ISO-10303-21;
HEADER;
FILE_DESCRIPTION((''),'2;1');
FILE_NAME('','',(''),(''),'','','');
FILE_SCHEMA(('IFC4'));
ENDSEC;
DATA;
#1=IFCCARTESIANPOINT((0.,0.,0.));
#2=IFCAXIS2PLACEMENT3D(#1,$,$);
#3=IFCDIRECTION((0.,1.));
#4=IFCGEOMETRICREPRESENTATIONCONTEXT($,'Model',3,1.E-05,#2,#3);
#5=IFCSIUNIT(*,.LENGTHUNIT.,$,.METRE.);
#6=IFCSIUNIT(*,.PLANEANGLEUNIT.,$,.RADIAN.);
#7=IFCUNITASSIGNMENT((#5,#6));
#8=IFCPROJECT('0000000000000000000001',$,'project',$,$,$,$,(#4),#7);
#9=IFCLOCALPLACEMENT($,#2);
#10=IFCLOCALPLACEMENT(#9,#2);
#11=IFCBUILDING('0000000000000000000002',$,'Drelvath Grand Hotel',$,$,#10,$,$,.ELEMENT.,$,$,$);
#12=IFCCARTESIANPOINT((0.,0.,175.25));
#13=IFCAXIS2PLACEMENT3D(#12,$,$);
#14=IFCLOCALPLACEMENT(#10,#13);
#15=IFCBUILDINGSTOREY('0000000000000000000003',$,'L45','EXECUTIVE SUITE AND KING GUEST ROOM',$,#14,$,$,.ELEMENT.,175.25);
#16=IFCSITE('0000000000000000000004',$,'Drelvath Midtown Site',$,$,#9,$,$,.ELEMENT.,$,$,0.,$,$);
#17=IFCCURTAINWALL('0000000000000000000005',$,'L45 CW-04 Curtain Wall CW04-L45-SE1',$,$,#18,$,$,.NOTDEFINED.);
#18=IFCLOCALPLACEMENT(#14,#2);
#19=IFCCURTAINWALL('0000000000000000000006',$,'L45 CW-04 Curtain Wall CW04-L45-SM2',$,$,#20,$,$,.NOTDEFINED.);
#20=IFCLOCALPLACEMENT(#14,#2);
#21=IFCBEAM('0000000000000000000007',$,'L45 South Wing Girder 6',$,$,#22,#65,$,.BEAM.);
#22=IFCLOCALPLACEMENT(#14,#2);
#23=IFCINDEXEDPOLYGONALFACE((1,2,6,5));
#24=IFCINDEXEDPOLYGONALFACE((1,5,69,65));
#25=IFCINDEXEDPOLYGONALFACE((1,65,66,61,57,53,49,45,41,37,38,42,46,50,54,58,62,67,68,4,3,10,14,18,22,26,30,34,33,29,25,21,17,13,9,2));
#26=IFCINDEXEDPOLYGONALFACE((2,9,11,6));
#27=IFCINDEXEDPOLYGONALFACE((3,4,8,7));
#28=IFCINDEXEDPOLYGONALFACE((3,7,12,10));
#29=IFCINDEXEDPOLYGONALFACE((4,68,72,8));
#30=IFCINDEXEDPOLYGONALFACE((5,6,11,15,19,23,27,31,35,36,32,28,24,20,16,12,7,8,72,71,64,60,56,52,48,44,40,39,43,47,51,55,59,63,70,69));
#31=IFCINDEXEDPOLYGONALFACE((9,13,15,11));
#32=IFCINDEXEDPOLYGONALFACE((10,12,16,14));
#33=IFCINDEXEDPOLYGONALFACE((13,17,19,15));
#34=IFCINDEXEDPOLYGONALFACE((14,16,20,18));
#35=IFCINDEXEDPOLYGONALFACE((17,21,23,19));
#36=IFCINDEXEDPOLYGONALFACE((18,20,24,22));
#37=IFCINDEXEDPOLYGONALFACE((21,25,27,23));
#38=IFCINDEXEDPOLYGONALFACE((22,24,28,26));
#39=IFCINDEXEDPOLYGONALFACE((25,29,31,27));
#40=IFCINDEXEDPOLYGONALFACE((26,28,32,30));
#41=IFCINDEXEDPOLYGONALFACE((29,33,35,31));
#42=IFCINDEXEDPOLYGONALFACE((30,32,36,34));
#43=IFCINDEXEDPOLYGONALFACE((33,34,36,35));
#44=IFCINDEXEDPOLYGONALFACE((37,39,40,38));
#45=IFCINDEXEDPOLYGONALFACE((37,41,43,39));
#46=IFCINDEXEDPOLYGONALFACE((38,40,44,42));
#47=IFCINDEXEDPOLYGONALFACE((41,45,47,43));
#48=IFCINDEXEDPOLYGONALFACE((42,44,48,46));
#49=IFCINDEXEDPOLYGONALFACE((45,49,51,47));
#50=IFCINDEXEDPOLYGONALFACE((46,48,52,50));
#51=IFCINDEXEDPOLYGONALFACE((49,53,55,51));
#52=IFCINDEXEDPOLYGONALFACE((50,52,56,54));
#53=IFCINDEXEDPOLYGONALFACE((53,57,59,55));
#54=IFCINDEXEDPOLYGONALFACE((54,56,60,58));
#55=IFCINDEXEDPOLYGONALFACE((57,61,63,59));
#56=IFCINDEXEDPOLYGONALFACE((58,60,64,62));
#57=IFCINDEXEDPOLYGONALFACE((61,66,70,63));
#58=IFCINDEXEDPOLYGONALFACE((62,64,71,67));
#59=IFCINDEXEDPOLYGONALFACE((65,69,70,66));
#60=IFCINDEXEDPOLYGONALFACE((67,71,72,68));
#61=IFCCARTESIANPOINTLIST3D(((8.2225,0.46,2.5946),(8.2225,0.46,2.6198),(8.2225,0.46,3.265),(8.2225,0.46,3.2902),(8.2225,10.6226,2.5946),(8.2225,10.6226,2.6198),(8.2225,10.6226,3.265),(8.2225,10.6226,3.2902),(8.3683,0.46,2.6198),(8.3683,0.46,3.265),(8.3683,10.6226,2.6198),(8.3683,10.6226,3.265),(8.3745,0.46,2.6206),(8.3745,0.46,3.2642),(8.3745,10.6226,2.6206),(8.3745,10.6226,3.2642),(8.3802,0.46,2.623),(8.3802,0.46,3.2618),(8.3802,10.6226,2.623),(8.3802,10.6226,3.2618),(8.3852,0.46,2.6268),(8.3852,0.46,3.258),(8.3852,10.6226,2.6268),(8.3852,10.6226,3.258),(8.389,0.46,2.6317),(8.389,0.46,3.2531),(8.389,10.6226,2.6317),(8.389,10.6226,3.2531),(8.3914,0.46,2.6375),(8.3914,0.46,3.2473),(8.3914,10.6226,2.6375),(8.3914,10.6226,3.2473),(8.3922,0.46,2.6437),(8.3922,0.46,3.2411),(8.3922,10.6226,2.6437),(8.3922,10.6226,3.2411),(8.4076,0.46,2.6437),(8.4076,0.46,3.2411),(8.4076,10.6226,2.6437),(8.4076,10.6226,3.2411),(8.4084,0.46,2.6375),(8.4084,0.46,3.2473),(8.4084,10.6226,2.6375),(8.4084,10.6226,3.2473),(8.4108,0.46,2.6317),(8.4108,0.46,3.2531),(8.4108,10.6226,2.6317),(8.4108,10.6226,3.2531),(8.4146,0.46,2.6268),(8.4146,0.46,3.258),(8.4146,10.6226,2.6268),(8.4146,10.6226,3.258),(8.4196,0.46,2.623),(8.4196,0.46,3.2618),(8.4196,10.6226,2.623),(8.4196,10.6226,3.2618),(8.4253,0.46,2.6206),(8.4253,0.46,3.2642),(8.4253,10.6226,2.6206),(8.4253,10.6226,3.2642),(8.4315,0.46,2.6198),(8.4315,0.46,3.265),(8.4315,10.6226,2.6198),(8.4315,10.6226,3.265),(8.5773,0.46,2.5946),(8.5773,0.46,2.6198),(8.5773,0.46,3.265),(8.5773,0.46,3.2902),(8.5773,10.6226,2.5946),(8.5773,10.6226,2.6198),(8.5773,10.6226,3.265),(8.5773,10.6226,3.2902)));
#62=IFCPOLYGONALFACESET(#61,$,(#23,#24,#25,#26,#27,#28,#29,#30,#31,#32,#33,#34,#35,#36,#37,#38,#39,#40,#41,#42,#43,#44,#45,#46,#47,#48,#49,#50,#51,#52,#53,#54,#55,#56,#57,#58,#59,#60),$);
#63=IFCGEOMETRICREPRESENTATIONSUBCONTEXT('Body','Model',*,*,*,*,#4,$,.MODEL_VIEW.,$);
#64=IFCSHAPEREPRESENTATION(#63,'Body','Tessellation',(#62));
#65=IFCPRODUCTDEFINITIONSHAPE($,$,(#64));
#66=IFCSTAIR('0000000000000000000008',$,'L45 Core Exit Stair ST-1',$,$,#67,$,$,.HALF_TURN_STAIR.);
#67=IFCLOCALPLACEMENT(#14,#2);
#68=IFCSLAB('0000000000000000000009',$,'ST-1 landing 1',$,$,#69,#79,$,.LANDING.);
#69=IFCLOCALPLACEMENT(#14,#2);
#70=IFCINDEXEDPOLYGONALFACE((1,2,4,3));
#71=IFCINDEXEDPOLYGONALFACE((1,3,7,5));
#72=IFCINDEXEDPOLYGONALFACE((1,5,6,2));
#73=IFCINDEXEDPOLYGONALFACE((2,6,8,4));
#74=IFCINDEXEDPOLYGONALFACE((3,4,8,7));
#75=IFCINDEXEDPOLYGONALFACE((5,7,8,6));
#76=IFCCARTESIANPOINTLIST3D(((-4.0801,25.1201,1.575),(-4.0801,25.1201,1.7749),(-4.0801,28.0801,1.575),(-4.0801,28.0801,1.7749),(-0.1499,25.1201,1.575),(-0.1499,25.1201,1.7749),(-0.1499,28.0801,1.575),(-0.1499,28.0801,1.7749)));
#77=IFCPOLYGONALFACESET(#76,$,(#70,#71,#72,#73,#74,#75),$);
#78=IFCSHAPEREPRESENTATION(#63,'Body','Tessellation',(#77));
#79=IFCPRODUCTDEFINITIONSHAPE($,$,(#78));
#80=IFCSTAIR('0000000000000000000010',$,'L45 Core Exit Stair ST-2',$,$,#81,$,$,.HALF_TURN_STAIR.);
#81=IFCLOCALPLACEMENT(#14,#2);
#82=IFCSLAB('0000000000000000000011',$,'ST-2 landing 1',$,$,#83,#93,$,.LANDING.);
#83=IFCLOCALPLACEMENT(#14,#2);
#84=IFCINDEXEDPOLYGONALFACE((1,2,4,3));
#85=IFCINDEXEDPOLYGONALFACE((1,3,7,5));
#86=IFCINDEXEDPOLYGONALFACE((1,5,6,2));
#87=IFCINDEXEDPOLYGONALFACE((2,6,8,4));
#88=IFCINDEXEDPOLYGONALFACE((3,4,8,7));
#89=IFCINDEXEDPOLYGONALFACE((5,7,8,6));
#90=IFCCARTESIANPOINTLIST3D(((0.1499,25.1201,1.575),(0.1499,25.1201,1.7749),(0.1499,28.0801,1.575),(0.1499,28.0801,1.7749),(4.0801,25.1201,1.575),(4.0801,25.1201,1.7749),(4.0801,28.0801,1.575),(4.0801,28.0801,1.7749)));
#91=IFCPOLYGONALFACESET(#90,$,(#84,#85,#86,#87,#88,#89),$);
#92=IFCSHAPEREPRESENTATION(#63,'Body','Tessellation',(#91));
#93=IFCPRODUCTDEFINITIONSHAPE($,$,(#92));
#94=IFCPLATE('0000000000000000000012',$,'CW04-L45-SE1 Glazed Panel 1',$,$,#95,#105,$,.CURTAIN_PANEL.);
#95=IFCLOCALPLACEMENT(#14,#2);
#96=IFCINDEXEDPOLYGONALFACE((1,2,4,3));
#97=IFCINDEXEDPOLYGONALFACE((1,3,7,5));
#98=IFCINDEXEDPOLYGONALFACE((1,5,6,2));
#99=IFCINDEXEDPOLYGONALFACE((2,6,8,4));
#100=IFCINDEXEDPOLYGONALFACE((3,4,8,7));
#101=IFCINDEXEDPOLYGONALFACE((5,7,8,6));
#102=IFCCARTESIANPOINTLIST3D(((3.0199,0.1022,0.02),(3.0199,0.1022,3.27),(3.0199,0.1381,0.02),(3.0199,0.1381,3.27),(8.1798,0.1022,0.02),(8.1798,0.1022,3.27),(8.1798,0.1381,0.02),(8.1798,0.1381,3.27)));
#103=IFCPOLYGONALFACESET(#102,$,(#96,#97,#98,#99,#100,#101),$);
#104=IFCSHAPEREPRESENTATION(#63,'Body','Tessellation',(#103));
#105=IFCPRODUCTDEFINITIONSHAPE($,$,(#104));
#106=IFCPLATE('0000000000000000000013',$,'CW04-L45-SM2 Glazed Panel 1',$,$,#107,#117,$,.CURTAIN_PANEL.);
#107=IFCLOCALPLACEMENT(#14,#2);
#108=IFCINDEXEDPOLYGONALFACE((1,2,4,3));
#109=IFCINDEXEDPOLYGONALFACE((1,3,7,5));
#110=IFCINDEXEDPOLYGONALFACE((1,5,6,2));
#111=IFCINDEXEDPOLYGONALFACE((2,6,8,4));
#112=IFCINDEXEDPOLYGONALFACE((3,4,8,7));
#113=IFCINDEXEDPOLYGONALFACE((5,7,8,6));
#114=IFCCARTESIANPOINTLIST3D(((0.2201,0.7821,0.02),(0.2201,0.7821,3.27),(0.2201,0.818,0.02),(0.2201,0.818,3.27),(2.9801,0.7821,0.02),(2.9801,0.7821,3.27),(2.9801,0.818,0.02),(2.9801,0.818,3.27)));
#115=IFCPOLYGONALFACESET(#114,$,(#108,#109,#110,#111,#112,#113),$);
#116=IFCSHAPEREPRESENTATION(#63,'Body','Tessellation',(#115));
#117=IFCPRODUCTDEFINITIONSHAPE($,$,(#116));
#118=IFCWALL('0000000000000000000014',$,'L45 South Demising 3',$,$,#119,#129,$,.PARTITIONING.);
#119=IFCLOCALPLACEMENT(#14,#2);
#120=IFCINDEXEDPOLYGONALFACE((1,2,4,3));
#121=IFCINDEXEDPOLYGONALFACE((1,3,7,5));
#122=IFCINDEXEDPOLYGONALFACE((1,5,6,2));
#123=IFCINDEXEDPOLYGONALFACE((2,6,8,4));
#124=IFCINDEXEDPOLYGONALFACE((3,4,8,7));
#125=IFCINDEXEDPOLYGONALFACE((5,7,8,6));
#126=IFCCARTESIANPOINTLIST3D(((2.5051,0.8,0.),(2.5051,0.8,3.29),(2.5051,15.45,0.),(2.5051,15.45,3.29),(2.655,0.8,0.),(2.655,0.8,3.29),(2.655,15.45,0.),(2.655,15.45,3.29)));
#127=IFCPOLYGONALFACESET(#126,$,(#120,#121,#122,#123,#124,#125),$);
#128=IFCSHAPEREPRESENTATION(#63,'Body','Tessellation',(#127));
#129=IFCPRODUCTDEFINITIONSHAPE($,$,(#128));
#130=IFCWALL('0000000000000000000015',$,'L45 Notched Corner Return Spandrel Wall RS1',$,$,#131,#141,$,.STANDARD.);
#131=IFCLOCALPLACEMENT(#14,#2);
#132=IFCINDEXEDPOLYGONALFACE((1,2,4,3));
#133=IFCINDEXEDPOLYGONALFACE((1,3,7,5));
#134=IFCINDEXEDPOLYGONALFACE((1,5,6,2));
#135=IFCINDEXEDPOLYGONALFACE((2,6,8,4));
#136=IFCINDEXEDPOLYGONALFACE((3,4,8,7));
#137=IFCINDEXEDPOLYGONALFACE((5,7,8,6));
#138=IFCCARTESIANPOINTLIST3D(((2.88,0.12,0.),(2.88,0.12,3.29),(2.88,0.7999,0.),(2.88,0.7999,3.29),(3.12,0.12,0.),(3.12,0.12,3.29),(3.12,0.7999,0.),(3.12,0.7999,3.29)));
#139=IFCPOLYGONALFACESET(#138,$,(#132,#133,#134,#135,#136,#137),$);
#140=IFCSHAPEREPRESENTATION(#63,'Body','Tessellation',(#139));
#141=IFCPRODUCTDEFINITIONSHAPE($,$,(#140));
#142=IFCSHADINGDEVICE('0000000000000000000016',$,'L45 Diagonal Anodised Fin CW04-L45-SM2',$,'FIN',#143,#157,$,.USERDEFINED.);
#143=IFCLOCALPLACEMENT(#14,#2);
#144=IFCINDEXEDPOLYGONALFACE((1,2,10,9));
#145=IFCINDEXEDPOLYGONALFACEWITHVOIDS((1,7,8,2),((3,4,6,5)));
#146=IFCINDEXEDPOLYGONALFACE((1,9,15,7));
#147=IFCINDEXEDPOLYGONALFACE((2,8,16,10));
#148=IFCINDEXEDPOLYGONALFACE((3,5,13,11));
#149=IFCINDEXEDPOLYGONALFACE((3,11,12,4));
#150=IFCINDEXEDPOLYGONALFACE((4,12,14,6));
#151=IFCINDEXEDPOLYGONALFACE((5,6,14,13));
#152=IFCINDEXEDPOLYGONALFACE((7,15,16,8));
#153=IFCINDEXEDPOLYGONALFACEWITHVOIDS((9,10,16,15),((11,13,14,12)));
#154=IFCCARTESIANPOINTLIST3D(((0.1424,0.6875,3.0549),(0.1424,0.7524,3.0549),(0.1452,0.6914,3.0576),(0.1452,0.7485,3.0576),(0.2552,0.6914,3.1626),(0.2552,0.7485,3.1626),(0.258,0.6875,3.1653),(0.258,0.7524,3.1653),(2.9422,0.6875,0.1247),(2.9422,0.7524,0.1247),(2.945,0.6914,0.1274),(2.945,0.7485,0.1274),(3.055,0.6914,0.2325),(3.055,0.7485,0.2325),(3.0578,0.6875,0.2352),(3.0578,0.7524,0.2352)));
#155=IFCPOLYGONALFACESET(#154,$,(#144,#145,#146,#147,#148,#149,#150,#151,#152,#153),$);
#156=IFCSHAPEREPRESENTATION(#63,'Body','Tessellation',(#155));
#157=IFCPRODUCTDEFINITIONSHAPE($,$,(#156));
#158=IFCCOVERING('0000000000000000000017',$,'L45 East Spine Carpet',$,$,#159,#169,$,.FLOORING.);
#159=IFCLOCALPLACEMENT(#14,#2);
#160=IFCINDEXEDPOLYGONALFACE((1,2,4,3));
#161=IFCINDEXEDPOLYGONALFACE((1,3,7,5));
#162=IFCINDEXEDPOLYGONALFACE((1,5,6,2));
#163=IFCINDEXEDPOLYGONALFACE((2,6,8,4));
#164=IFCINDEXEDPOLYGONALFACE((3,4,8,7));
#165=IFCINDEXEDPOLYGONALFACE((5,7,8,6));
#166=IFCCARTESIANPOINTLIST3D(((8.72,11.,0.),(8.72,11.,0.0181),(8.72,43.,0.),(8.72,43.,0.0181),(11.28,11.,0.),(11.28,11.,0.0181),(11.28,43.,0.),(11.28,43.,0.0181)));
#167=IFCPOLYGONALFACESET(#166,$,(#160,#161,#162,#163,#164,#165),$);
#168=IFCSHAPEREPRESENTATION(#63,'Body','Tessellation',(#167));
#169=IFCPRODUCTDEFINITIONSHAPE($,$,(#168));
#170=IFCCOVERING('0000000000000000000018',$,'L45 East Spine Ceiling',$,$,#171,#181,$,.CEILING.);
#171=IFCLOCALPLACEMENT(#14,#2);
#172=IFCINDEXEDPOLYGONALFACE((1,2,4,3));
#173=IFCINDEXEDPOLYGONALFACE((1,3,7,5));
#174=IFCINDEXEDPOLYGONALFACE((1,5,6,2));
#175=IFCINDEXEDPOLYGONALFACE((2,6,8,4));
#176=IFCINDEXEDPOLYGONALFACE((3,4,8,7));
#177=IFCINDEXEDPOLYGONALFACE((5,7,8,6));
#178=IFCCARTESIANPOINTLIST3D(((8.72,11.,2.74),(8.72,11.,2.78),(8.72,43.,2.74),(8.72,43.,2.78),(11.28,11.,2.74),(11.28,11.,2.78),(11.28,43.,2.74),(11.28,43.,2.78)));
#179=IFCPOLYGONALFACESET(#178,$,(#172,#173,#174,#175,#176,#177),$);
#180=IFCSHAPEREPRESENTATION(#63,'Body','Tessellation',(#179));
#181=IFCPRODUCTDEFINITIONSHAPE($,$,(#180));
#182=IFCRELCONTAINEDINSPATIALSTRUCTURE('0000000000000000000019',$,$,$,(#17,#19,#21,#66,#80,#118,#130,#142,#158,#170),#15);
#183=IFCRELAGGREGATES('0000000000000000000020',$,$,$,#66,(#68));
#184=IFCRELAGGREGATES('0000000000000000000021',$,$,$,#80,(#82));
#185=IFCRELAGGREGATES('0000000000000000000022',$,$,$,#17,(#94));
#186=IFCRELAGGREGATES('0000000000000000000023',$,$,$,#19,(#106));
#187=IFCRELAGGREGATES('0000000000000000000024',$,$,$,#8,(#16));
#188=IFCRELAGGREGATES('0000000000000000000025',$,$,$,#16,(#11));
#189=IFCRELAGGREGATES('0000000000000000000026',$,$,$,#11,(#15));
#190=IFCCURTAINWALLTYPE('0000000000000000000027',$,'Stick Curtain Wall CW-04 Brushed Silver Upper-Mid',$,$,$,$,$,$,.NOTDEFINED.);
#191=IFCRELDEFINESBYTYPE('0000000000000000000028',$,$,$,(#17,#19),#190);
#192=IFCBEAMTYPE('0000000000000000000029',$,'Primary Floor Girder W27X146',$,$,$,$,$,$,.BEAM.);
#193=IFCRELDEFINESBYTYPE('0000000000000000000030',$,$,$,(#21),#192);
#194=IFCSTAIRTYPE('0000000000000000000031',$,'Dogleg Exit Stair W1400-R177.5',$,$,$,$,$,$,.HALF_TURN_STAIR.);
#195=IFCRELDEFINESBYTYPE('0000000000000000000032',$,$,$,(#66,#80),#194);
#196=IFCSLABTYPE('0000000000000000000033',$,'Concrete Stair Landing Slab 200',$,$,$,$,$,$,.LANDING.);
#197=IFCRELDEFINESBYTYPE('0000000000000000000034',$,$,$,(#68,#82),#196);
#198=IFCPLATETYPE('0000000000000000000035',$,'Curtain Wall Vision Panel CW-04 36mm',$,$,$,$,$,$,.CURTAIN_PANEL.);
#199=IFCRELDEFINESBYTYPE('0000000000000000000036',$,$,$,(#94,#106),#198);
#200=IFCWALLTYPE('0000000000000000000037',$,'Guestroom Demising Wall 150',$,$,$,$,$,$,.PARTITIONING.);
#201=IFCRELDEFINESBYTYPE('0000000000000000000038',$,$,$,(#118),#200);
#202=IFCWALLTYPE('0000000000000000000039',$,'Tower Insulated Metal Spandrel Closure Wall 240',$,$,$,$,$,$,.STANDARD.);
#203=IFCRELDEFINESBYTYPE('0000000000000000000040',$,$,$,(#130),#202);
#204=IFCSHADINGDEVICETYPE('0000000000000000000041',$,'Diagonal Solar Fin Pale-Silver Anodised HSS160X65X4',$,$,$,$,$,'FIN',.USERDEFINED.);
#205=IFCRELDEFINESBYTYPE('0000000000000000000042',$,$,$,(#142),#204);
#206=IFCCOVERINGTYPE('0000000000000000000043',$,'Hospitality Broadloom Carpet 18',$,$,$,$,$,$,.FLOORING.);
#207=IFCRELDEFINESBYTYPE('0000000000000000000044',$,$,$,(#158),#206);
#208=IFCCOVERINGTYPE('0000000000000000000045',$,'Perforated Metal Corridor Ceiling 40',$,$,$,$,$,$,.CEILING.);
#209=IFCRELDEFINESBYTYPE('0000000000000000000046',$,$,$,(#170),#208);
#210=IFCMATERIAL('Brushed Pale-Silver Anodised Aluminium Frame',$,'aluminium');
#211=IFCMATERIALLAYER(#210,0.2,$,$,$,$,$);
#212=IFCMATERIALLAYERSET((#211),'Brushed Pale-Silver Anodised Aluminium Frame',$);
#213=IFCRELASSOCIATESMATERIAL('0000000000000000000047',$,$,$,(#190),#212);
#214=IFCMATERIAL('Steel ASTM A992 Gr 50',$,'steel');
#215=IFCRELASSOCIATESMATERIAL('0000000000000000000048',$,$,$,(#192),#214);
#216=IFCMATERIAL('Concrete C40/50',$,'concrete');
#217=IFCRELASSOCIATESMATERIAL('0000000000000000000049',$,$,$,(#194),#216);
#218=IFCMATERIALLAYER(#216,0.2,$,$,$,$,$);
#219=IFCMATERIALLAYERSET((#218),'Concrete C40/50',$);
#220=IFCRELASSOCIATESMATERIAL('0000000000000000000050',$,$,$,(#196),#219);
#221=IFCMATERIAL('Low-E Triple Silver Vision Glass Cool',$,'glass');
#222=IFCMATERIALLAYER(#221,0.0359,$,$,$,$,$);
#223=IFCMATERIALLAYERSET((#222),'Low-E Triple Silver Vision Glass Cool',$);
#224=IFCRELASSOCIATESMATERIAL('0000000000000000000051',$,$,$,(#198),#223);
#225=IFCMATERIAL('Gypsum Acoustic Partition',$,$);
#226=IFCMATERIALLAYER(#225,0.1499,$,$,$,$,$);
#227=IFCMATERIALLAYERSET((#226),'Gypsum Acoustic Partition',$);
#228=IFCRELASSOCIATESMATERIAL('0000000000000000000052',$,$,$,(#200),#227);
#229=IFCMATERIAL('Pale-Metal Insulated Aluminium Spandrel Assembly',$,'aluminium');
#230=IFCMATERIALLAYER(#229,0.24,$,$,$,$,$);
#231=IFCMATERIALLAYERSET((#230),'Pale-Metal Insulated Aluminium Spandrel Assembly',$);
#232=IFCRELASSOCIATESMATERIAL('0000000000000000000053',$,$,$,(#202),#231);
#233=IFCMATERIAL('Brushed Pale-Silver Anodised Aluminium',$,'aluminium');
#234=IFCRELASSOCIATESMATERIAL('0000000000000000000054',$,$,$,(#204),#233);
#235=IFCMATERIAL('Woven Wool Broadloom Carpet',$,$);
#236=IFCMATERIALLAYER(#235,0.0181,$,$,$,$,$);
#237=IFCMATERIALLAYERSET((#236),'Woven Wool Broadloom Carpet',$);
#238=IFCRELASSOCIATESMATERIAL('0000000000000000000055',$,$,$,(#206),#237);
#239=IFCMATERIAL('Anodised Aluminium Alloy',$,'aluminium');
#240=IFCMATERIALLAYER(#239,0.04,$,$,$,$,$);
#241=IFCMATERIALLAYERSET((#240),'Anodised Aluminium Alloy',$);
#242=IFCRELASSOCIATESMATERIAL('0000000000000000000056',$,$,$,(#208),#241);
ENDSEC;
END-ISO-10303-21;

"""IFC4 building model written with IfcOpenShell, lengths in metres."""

from ifc_helpers import new_model, si_unit, direction, frame, frame_2d, origin, origin_2d, place, context, subcontext, project, spatial, polyline, rectangle, hollow_rectangle, i_section, outline, extrude, material, layer, layer_set, material_profile, profile_set, type_object, element, aggregate, save


model = new_model("IFC4")

# Units and contexts
model_context = context("Model", 3, precision=1e-05, world=origin(), true_north=direction((0.0, 1.0)))
body_context = subcontext(model_context, "Body", "Model", "MODEL_VIEW")
ifc_project = project(units=[si_unit("LENGTHUNIT", "METRE"), si_unit("PLANEANGLEUNIT", "RADIAN")], contexts=[model_context])

# Site, building, storey
site_placement = place(None, origin())
site = spatial("IfcSite", under=ifc_project, at=site_placement, Name="Drelvath Midtown Site", CompositionType="ELEMENT", RefElevation=0.0)
building_placement = place(site_placement, origin())
building = spatial("IfcBuilding", under=site, at=building_placement, Name="Drelvath Grand Hotel", CompositionType="ELEMENT")
storey_placement = place(building_placement, frame((0.0, 0.0, 175.25)))
storey = spatial("IfcBuildingStorey", under=building, at=storey_placement, Name="L45", Description="EXECUTIVE SUITE AND KING GUEST ROOM", CompositionType="ELEMENT", Elevation=175.25)

# Curtain walls
ifc_material_1 = material(Name="Brushed Pale-Silver Anodised Aluminium Frame", Category="aluminium")
ifc_layer_1 = layer(ifc_material_1, 0.2)
ifc_layer_set_1 = layer_set([ifc_layer_1], Name="Brushed Pale-Silver Anodised Aluminium Frame")
curtain_wall_type = type_object("IfcCurtainWallType", Name="Stick Curtain Wall CW-04 Brushed Silver Upper-Mid", PredefinedType="NOTDEFINED", material=ifc_layer_set_1)
curtain_wall_1_placement = place(storey_placement, origin())
curtain_wall_1 = element("IfcCurtainWall", 1, at=curtain_wall_1_placement, inside=storey, type_object=curtain_wall_type, Name="L45 CW-04 Curtain Wall CW04-L45-SE1", PredefinedType="NOTDEFINED")
curtain_wall_2_placement = place(storey_placement, origin())
curtain_wall_2 = element("IfcCurtainWall", 2, at=curtain_wall_2_placement, inside=storey, type_object=curtain_wall_type, Name="L45 CW-04 Curtain Wall CW04-L45-SM2", PredefinedType="NOTDEFINED")

# Beam
ifc_material_2 = material(Name="Steel ASTM A992 Gr 50", Category="steel")
ifc_material_profile_1 = material_profile(ifc_material_2, i_section(OverallWidth=0.3547, OverallDepth=0.6956, WebThickness=0.0154, FlangeThickness=0.0251, FilletRadius=0.0239, at=origin_2d()), Name="W27X146")
ifc_profile_set_1 = profile_set([ifc_material_profile_1], Name="Steel ASTM A992 Gr 50")
beam_type_1 = type_object("IfcBeamType", Name="Primary Floor Girder W27X146", PredefinedType="BEAM", material=ifc_profile_set_1)
beam_1_placement = place(storey_placement, frame((8.3999, 0.46, 2.9424), z_axis=(0.0, 1.0, 0.0), x_axis=(-1.0, 0.0, 0.0)))
element("IfcBeam", 3, at=beam_1_placement, inside=storey, type_object=beam_type_1, Name="L45 South Wing Girder 6", PredefinedType="BEAM", context=body_context, shape_type="SweptSolid", body=[
    extrude(i_section(OverallWidth=0.3547, OverallDepth=0.6956, WebThickness=0.0154, FlangeThickness=0.0251, FilletRadius=0.0239, at=origin_2d()), origin(), (0.0, 0.0, 1.0), 10.1626),
])

# Stairs, slabs
ifc_material_3 = material(Name="Concrete C40/50", Category="concrete")
stair_type = type_object("IfcStairType", Name="Dogleg Exit Stair W1400-R177.5", PredefinedType="HALF_TURN_STAIR", material=ifc_material_3)
stair_1_placement = place(storey_placement, origin())
stair_1 = element("IfcStair", 4, at=stair_1_placement, inside=storey, type_object=stair_type, Name="L45 Core Exit Stair ST-1", PredefinedType="HALF_TURN_STAIR")
ifc_layer_2 = layer(ifc_material_3, 0.2)
ifc_layer_set_2 = layer_set([ifc_layer_2], Name="Concrete C40/50")
slab_type = type_object("IfcSlabType", Name="Concrete Stair Landing Slab 200", PredefinedType="LANDING", material=ifc_layer_set_2)
slab_1_placement = place(storey_placement, frame((0.0, 0.0, 1.575)))
slab_1 = element("IfcSlab", 5, at=slab_1_placement, type_object=slab_type, Name="ST-1 landing 1", PredefinedType="LANDING", context=body_context, shape_type="SweptSolid", body=[
    extrude(outline(polyline([(-4.0801, 25.1201), (-0.1499, 25.1201), (-0.1499, 28.0801), (-4.0801, 28.0801), (-4.0801, 25.1201)])), origin(), (0.0, 0.0, 1.0), 0.2),
])
aggregate(stair_1, [slab_1])
stair_2_placement = place(storey_placement, origin())
stair_2 = element("IfcStair", 6, at=stair_2_placement, inside=storey, type_object=stair_type, Name="L45 Core Exit Stair ST-2", PredefinedType="HALF_TURN_STAIR")
slab_2_placement = place(storey_placement, frame((0.0, 0.0, 1.575)))
slab_2 = element("IfcSlab", 7, at=slab_2_placement, type_object=slab_type, Name="ST-2 landing 1", PredefinedType="LANDING", context=body_context, shape_type="SweptSolid", body=[
    extrude(outline(polyline([(4.0801, 28.0801), (0.1499, 28.0801), (0.1499, 25.1201), (4.0801, 25.1201), (4.0801, 28.0801)])), origin(), (0.0, 0.0, 1.0), 0.2),
])
aggregate(stair_2, [slab_2])

# Plates
ifc_material_4 = material(Name="Low-E Triple Silver Vision Glass Cool", Category="glass")
ifc_layer_3 = layer(ifc_material_4, 0.0359)
ifc_layer_set_3 = layer_set([ifc_layer_3], Name="Low-E Triple Silver Vision Glass Cool")
plate_type = type_object("IfcPlateType", Name="Curtain Wall Vision Panel CW-04 36mm", PredefinedType="CURTAIN_PANEL", material=ifc_layer_set_3)
plate_1_placement = place(storey_placement, frame((5.5999, 0.1201, 0.02), z_axis=(0.0, 0.0, 1.0), x_axis=(-1.0, 0.0, 0.0)))
plate_1 = element("IfcPlate", 8, at=plate_1_placement, type_object=plate_type, Name="CW04-L45-SE1 Glazed Panel 1", PredefinedType="CURTAIN_PANEL", context=body_context, shape_type="SweptSolid", body=[
    extrude(rectangle(XDim=5.1599, YDim=0.0359, at=origin_2d()), origin(), (0.0, 0.0, 1.0), 3.25),
])
aggregate(curtain_wall_1, [plate_1])
plate_2_placement = place(storey_placement, frame((1.6001, 0.8, 0.02), z_axis=(0.0, 0.0, 1.0), x_axis=(-1.0, 0.0, 0.0)))
plate_2 = element("IfcPlate", 9, at=plate_2_placement, type_object=plate_type, Name="CW04-L45-SM2 Glazed Panel 1", PredefinedType="CURTAIN_PANEL", context=body_context, shape_type="SweptSolid", body=[
    extrude(rectangle(XDim=2.76, YDim=0.0359, at=origin_2d()), origin(), (0.0, 0.0, 1.0), 3.25),
])
aggregate(curtain_wall_2, [plate_2])

# Walls
ifc_material_5 = material(Name="Gypsum Acoustic Partition")
ifc_layer_4 = layer(ifc_material_5, 0.1499)
ifc_layer_set_4 = layer_set([ifc_layer_4], Name="Gypsum Acoustic Partition")
wall_type_1 = type_object("IfcWallType", Name="Guestroom Demising Wall 150", PredefinedType="PARTITIONING", material=ifc_layer_set_4)
wall_1_placement = place(storey_placement, frame((2.5801, 0.8, 0.0), z_axis=(0.0, 0.0, 1.0), x_axis=(0.0, 1.0, 0.0)))
element("IfcWall", 10, at=wall_1_placement, inside=storey, type_object=wall_type_1, Name="L45 South Demising 3", PredefinedType="PARTITIONING", context=body_context, shape_type="SweptSolid", body=[
    extrude(rectangle(XDim=14.6499, YDim=0.1499, at=frame_2d((7.325, 0.0))), origin(), (0.0, 0.0, 1.0), 3.29),
])
ifc_material_6 = material(Name="Pale-Metal Insulated Aluminium Spandrel Assembly", Category="aluminium")
ifc_layer_5 = layer(ifc_material_6, 0.24)
ifc_layer_set_5 = layer_set([ifc_layer_5], Name="Pale-Metal Insulated Aluminium Spandrel Assembly")
wall_type_2 = type_object("IfcWallType", Name="Tower Insulated Metal Spandrel Closure Wall 240", PredefinedType="STANDARD", material=ifc_layer_set_5)
wall_2_placement = place(storey_placement, frame((3.0, 0.1201, 0.0), z_axis=(0.0, 0.0, 1.0), x_axis=(0.0, 1.0, 0.0)))
element("IfcWall", 11, at=wall_2_placement, inside=storey, type_object=wall_type_2, Name="L45 Notched Corner Return Spandrel Wall RS1", PredefinedType="STANDARD", context=body_context, shape_type="SweptSolid", body=[
    extrude(rectangle(XDim=0.6799, YDim=0.24, at=frame_2d((0.3398, 0.0))), origin(), (0.0, 0.0, 1.0), 3.29),
])

# Shading device
ifc_material_7 = material(Name="Brushed Pale-Silver Anodised Aluminium", Category="aluminium")
ifc_material_profile_2 = material_profile(ifc_material_7, hollow_rectangle(XDim=0.0649, YDim=0.1599, WallThickness=0.0039, at=origin_2d()), Name="HSS160X65X4")
ifc_profile_set_2 = profile_set([ifc_material_profile_2], Name="Brushed Pale-Silver Anodised Aluminium")
shading_device_type = type_object("IfcShadingDeviceType", Name="Diagonal Solar Fin Pale-Silver Anodised HSS160X65X4", ElementType="FIN", PredefinedType="USERDEFINED", material=ifc_profile_set_2)
shading_device_placement = place(storey_placement, frame((3.0, 0.72, 0.1799), z_axis=(-0.69084, 0.0, 0.723008), x_axis=(0.0, -1.0, 0.0)))
element("IfcShadingDevice", 12, at=shading_device_placement, inside=storey, type_object=shading_device_type, Name="L45 Diagonal Anodised Fin CW04-L45-SM2", ObjectType="FIN", PredefinedType="USERDEFINED", context=body_context, shape_type="SweptSolid", body=[
    extrude(hollow_rectangle(XDim=0.0649, YDim=0.1599, WallThickness=0.0039, at=origin_2d()), origin(), (0.0, 0.0, 1.0), 4.0527),
])

# Coverings
ifc_material_8 = material(Name="Woven Wool Broadloom Carpet")
ifc_layer_6 = layer(ifc_material_8, 0.0181)
ifc_layer_set_6 = layer_set([ifc_layer_6], Name="Woven Wool Broadloom Carpet")
covering_type_1 = type_object("IfcCoveringType", Name="Hospitality Broadloom Carpet 18", PredefinedType="FLOORING", material=ifc_layer_set_6)
covering_1_placement = place(storey_placement, origin())
element("IfcCovering", 13, at=covering_1_placement, inside=storey, type_object=covering_type_1, Name="L45 East Spine Carpet", PredefinedType="FLOORING", context=body_context, shape_type="SweptSolid", body=[
    extrude(outline(polyline([(11.28, 11.0), (11.28, 43.0), (8.72, 43.0), (8.72, 11.0), (11.28, 11.0)])), origin(), (0.0, 0.0, 1.0), 0.0181),
])
ifc_material_9 = material(Name="Anodised Aluminium Alloy", Category="aluminium")
ifc_layer_7 = layer(ifc_material_9, 0.04)
ifc_layer_set_7 = layer_set([ifc_layer_7], Name="Anodised Aluminium Alloy")
covering_type_2 = type_object("IfcCoveringType", Name="Perforated Metal Corridor Ceiling 40", PredefinedType="CEILING", material=ifc_layer_set_7)
covering_2_placement = place(storey_placement, frame((0.0, 0.0, 2.74)))
element("IfcCovering", 14, at=covering_2_placement, inside=storey, type_object=covering_type_2, Name="L45 East Spine Ceiling", PredefinedType="CEILING", context=body_context, shape_type="SweptSolid", body=[
    extrude(outline(polyline([(11.28, 11.0), (11.28, 43.0), (8.72, 43.0), (8.72, 11.0), (11.28, 11.0)])), origin(), (0.0, 0.0, 1.0), 0.04),
])

save(model, "model.ifc")
